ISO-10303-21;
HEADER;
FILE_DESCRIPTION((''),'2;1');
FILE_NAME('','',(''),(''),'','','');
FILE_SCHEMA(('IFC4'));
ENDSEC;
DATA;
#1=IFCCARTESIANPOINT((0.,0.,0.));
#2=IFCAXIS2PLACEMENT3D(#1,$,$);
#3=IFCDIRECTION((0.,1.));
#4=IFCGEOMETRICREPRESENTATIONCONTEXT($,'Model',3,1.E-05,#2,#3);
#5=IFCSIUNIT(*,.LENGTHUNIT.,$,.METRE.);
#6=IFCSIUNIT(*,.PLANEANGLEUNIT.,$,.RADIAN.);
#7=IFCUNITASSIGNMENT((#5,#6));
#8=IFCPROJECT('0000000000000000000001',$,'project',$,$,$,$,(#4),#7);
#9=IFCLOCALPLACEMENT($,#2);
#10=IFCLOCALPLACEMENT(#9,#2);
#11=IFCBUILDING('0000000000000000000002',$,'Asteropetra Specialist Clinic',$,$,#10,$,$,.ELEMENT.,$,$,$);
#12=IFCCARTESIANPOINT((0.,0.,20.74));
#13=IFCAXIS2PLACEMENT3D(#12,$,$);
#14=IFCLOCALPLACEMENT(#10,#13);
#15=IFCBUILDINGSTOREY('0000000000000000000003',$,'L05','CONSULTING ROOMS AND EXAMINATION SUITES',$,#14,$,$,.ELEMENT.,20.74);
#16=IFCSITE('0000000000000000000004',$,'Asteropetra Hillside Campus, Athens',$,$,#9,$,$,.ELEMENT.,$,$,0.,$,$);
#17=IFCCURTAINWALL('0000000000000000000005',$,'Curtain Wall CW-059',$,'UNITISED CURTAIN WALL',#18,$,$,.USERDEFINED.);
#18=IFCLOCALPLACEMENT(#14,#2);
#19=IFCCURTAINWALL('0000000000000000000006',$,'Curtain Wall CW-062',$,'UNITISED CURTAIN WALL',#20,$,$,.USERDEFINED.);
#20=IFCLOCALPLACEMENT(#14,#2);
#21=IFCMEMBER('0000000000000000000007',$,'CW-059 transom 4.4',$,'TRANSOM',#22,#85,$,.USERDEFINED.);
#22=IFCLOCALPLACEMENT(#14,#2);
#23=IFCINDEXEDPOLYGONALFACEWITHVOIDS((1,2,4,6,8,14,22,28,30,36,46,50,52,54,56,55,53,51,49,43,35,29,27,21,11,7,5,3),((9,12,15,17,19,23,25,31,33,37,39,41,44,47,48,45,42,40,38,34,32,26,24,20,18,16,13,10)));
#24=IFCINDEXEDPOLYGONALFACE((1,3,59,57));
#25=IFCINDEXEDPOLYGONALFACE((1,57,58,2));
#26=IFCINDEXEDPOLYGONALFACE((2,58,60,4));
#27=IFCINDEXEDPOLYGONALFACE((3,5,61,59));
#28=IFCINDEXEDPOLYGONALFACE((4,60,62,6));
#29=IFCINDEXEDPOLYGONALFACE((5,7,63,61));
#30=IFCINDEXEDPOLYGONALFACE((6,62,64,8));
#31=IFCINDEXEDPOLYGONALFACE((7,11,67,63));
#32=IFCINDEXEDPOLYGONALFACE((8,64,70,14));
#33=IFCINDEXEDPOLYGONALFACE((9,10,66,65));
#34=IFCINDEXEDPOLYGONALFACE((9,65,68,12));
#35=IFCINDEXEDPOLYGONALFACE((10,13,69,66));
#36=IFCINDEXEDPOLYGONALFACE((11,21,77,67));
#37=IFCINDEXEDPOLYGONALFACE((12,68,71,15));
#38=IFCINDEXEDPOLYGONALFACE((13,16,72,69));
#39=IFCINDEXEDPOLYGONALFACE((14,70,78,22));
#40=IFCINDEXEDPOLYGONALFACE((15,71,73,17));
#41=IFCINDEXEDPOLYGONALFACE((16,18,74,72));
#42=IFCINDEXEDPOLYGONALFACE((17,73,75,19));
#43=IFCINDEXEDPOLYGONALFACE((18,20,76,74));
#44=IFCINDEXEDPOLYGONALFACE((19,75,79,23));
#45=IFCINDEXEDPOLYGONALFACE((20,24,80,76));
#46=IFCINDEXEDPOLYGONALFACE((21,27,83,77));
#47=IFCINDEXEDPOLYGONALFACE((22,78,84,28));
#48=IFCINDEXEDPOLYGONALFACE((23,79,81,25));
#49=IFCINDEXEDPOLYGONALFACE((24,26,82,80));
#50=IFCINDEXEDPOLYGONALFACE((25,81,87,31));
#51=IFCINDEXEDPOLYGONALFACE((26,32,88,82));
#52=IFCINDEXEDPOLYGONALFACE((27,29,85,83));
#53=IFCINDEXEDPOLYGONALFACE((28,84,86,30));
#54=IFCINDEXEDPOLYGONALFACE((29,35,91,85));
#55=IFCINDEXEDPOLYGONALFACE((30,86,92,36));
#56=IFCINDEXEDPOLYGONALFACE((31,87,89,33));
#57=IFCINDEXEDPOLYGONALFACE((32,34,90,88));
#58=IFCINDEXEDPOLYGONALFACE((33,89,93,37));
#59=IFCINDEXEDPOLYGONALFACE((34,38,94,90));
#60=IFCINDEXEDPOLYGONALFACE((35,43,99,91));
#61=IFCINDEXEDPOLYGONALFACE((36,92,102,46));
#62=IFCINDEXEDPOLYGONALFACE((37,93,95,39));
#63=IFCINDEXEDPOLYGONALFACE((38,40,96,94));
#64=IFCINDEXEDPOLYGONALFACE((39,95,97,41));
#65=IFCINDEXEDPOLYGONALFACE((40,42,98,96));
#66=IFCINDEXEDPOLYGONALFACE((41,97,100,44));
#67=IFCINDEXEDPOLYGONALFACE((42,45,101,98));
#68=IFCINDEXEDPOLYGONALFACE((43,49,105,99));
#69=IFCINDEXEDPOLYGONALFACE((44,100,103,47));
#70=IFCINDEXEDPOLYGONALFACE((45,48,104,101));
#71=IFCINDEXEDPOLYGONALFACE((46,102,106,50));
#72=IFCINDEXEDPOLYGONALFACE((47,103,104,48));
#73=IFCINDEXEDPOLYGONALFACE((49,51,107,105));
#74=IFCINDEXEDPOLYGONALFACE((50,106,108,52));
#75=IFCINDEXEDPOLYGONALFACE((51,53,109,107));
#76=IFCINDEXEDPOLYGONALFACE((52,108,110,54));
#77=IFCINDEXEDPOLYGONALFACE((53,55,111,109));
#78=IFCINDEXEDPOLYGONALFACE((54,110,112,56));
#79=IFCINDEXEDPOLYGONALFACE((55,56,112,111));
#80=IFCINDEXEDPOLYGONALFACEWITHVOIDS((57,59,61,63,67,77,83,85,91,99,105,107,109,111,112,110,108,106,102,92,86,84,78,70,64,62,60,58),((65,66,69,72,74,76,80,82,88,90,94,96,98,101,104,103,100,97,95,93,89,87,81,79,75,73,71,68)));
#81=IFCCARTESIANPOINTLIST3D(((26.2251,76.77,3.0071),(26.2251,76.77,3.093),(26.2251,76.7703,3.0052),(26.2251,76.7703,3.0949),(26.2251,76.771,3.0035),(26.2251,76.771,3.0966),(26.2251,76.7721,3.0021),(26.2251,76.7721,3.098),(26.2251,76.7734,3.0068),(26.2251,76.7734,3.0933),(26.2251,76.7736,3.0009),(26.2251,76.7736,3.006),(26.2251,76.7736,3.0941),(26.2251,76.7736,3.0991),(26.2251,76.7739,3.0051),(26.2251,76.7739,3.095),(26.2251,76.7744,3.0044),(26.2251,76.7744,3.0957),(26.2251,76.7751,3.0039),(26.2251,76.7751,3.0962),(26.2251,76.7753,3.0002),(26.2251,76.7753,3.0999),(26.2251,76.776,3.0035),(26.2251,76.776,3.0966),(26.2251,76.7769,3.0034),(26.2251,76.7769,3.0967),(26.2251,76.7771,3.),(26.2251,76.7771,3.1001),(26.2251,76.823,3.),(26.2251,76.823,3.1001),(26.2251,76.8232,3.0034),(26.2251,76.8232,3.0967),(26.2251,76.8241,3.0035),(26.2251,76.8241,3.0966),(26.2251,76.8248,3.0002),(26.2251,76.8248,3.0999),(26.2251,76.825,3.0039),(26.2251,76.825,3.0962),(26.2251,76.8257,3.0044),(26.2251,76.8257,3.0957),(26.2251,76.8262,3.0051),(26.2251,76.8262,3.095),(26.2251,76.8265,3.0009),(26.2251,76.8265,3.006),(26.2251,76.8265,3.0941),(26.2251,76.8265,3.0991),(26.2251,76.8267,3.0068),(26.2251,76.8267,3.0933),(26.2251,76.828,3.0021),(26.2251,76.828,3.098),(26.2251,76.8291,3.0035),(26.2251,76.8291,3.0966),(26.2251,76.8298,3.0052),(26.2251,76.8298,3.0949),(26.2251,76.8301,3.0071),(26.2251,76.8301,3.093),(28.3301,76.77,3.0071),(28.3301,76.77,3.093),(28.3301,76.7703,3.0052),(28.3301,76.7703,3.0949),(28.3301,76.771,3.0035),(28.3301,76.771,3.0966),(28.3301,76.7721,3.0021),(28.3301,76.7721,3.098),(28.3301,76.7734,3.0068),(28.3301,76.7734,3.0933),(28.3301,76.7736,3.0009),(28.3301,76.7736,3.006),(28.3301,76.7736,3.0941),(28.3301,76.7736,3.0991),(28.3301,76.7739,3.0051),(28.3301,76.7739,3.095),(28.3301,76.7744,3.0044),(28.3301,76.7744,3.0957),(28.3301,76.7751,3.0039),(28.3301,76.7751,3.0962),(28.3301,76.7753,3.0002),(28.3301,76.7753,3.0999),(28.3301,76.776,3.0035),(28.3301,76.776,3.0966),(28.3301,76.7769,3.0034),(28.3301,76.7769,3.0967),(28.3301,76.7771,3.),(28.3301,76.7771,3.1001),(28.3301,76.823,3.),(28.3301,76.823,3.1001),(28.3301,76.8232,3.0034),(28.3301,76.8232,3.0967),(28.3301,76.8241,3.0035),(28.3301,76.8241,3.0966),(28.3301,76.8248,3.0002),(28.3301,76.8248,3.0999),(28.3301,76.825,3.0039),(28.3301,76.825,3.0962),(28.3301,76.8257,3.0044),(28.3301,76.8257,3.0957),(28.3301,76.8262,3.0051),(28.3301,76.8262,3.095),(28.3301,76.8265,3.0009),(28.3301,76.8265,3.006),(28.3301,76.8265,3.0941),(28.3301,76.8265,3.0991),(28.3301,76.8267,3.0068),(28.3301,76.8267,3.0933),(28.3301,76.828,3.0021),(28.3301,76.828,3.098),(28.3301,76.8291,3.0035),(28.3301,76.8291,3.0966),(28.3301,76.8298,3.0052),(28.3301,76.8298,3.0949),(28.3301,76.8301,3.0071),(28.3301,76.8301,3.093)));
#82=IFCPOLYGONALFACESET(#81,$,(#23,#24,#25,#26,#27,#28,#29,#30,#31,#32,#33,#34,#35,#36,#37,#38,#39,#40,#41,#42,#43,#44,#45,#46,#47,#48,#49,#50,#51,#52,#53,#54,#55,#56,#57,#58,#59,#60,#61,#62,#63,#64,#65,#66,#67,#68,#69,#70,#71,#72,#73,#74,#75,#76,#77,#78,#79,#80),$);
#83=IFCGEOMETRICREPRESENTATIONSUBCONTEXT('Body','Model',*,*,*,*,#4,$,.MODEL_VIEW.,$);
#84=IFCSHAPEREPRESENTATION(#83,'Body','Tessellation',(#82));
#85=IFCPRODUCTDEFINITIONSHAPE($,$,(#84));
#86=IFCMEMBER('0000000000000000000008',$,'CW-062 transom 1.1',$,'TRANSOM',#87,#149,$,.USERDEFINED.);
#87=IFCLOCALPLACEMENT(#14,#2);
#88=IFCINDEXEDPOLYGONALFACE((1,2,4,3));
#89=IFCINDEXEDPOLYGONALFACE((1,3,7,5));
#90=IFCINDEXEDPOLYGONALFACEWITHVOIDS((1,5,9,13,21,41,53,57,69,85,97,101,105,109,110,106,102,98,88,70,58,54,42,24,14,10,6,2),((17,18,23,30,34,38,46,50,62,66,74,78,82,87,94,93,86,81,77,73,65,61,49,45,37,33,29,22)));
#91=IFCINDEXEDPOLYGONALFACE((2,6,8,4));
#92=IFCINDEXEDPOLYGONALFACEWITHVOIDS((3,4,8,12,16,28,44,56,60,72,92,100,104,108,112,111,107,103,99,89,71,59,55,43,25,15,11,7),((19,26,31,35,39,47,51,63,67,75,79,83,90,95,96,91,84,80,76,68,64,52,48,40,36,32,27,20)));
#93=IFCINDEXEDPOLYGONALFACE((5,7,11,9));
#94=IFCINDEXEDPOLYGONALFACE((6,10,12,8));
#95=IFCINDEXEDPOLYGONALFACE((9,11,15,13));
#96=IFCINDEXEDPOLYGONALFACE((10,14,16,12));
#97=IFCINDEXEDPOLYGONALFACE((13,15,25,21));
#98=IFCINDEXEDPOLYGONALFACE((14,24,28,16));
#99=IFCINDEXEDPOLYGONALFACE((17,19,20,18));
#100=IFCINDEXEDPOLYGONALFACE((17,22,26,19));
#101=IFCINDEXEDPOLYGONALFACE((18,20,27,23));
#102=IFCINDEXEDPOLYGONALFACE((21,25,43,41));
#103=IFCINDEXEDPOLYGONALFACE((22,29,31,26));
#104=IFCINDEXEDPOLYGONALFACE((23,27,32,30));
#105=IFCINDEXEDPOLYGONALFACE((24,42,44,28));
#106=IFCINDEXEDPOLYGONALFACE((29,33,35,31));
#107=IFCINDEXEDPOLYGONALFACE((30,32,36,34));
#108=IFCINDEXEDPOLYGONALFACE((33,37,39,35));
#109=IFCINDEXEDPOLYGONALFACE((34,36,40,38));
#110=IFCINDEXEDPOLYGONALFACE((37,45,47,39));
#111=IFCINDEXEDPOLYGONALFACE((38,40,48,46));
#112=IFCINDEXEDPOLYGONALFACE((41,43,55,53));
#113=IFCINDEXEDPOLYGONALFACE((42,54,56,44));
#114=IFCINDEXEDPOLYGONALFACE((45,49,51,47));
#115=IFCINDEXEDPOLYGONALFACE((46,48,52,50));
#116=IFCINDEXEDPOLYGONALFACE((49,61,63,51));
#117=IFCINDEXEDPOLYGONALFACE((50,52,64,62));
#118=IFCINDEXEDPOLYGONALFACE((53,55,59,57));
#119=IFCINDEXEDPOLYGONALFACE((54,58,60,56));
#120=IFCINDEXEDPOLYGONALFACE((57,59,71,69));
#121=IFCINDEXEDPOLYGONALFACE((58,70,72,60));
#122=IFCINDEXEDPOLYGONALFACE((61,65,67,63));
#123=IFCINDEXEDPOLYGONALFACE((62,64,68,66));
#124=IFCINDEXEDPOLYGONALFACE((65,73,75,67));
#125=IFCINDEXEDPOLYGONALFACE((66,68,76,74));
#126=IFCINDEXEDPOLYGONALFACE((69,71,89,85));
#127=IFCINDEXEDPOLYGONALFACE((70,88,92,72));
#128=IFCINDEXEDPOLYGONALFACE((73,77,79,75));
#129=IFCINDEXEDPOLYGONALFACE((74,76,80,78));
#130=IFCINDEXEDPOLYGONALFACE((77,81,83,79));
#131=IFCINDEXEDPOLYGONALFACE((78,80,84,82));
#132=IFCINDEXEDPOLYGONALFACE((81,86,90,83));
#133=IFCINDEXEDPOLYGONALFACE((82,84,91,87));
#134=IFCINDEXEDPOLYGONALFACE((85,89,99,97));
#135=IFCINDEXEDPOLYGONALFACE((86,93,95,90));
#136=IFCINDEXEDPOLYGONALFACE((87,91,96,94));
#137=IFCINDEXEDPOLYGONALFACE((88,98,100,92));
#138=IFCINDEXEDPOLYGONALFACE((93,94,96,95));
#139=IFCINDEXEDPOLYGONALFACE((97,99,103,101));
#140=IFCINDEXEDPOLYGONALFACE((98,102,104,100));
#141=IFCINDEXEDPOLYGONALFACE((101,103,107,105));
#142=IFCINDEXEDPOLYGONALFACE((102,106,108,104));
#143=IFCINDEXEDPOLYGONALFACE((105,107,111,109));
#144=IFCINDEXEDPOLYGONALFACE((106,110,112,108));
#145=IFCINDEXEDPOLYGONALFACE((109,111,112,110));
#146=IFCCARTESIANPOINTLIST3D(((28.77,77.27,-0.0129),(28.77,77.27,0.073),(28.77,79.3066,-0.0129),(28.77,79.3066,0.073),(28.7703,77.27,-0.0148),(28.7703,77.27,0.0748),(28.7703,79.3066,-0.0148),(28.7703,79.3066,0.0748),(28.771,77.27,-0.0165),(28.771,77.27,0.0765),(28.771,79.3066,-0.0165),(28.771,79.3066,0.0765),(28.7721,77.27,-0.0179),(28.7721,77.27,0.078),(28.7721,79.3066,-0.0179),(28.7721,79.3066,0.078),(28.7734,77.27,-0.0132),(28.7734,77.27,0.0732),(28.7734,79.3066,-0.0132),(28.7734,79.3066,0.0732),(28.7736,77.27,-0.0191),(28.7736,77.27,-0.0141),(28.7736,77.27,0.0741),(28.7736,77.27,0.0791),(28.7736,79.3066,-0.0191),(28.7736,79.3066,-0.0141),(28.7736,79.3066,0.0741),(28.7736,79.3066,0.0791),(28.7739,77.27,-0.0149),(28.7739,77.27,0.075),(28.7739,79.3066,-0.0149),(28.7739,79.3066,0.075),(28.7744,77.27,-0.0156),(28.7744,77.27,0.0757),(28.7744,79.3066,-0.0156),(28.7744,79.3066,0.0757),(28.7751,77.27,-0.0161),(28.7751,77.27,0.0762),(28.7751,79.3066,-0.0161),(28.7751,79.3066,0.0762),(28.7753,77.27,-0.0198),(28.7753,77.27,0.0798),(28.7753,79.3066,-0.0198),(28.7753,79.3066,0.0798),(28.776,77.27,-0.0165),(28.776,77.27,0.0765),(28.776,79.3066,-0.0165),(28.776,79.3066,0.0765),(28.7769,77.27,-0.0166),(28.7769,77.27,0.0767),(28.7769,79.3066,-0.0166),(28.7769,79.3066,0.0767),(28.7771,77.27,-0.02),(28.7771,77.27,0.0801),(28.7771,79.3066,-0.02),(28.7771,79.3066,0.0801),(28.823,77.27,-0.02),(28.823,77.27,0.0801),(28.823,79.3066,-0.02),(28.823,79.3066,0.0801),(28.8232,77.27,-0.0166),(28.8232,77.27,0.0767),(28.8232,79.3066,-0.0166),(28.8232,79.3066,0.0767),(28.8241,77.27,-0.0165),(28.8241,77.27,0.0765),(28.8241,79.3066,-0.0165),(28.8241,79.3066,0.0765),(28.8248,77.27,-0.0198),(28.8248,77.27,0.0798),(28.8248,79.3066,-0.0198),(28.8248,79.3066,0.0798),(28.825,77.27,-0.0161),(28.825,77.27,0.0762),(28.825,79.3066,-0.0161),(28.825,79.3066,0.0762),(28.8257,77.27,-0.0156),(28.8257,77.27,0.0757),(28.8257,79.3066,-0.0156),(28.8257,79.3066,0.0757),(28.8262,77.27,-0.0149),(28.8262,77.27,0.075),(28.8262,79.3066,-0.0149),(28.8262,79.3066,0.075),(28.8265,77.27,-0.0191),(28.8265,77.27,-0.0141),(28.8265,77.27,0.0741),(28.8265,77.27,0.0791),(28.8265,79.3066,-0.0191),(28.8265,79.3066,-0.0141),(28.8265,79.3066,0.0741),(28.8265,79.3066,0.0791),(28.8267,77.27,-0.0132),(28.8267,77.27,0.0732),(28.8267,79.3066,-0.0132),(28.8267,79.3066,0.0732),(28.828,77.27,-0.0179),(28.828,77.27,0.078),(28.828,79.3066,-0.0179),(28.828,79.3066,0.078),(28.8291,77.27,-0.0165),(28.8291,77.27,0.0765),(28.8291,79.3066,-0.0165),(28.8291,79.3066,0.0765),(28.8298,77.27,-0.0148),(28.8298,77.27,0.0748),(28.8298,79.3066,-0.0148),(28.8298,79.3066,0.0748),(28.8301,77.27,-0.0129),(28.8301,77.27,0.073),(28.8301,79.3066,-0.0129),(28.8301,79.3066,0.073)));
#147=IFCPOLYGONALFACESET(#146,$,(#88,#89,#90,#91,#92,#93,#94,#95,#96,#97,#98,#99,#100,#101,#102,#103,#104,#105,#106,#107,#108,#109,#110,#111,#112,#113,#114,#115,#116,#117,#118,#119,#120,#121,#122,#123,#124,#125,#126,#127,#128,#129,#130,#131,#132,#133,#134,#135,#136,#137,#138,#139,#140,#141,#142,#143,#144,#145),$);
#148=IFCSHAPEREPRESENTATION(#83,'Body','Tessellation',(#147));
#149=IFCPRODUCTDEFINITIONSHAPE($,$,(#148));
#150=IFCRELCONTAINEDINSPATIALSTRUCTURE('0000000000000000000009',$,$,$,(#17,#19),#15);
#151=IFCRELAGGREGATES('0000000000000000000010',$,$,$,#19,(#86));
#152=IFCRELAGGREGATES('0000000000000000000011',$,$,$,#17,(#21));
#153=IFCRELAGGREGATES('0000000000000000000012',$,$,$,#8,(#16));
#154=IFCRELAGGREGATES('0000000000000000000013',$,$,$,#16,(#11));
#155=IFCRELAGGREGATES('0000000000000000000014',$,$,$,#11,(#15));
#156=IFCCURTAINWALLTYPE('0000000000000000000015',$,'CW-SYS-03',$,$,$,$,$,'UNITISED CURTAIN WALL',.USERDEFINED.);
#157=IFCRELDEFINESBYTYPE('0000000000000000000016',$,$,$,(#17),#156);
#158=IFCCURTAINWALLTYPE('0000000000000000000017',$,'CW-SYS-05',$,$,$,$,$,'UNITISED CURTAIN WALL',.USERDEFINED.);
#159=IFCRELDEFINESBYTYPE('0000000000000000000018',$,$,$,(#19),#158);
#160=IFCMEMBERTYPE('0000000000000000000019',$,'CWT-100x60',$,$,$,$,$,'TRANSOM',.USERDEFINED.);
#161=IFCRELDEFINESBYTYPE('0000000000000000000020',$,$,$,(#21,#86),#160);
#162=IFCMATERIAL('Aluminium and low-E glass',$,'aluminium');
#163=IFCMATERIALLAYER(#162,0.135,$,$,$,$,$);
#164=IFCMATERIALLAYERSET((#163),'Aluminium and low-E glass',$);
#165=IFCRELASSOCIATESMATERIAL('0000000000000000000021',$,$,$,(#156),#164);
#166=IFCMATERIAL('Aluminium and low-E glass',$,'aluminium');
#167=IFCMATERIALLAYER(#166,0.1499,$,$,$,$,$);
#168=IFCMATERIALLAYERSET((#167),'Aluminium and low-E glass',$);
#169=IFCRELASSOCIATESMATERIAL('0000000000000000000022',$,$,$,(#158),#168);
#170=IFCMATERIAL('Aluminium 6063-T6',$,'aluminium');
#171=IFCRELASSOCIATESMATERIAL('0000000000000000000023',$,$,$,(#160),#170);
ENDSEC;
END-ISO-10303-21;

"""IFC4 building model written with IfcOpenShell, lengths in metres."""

from ifc_helpers import new_model, si_unit, direction, frame, origin, origin_2d, place, context, subcontext, project, spatial, hollow_rectangle, extrude, material, layer, layer_set, material_profile, profile_set, type_object, element, aggregate, save


model = new_model("IFC4")

# Units and contexts
model_context = context("Model", 3, precision=1e-05, world=origin(), true_north=direction((0.0, 1.0)))
body_context = subcontext(model_context, "Body", "Model", "MODEL_VIEW")
ifc_project = project(units=[si_unit("LENGTHUNIT", "METRE"), si_unit("PLANEANGLEUNIT", "RADIAN")], contexts=[model_context])

# Site, building, storey
site_placement = place(None, origin())
site = spatial("IfcSite", under=ifc_project, at=site_placement, Name="Asteropetra Hillside Campus, Athens", CompositionType="ELEMENT", RefElevation=0.0)
building_placement = place(site_placement, origin())
building = spatial("IfcBuilding", under=site, at=building_placement, Name="Asteropetra Specialist Clinic", CompositionType="ELEMENT")
storey_placement = place(building_placement, frame((0.0, 0.0, 20.74)))
storey = spatial("IfcBuildingStorey", under=building, at=storey_placement, Name="L05", Description="CONSULTING ROOMS AND EXAMINATION SUITES", CompositionType="ELEMENT", Elevation=20.74)

# Curtain wall
ifc_material_1 = material(Name="Aluminium and low-E glass", Category="aluminium")
ifc_layer_1 = layer(ifc_material_1, 0.135)
ifc_layer_set_1 = layer_set([ifc_layer_1], Name="Aluminium and low-E glass")
curtain_wall_type_1 = type_object("IfcCurtainWallType", Name="CW-SYS-03", ElementType="UNITISED CURTAIN WALL", PredefinedType="USERDEFINED", material=ifc_layer_set_1)
curtain_wall_1_placement = place(storey_placement, origin())
curtain_wall_1 = element("IfcCurtainWall", 1, at=curtain_wall_1_placement, inside=storey, type_object=curtain_wall_type_1, Name="Curtain Wall CW-059", ObjectType="UNITISED CURTAIN WALL", PredefinedType="USERDEFINED")

# Curtain wall
ifc_material_2 = material(Name="Aluminium and low-E glass", Category="aluminium")
ifc_layer_2 = layer(ifc_material_2, 0.1499)
ifc_layer_set_2 = layer_set([ifc_layer_2], Name="Aluminium and low-E glass")
curtain_wall_type_2 = type_object("IfcCurtainWallType", Name="CW-SYS-05", ElementType="UNITISED CURTAIN WALL", PredefinedType="USERDEFINED", material=ifc_layer_set_2)
curtain_wall_2_placement = place(storey_placement, origin())
curtain_wall_2 = element("IfcCurtainWall", 2, at=curtain_wall_2_placement, inside=storey, type_object=curtain_wall_type_2, Name="Curtain Wall CW-062", ObjectType="UNITISED CURTAIN WALL", PredefinedType="USERDEFINED")

# Members
ifc_material_3 = material(Name="Aluminium 6063-T6", Category="aluminium")
ifc_material_profile_1 = material_profile(ifc_material_3, hollow_rectangle(XDim=0.0601, YDim=0.1001, WallThickness=0.0034, InnerFilletRadius=0.0034, OuterFilletRadius=0.0071, at=origin_2d()), Name="TRN 100x60x3.5")
ifc_profile_set_1 = profile_set([ifc_material_profile_1], Name="Aluminium 6063-T6")
member_type_1 = type_object("IfcMemberType", Name="CWT-100x60", ElementType="TRANSOM", PredefinedType="USERDEFINED", material=ifc_profile_set_1)
member_1_placement = place(storey_placement, frame((26.2251, 76.8, 3.05), z_axis=(1.0, 0.0, 0.0), x_axis=(0.0, 1.0, 0.0)))
member_1 = element("IfcMember", 3, at=member_1_placement, type_object=member_type_1, Name="CW-059 transom 4.4", ObjectType="TRANSOM", PredefinedType="USERDEFINED", context=body_context, shape_type="SweptSolid", body=[
    extrude(hollow_rectangle(XDim=0.0601, YDim=0.1001, WallThickness=0.0034, InnerFilletRadius=0.0034, OuterFilletRadius=0.0071, at=origin_2d()), origin(), (0.0, 0.0, 1.0), 2.105),
])
member_2_placement = place(storey_placement, frame((28.8, 77.27, 0.03), z_axis=(0.0, 1.0, 0.0), x_axis=(-1.0, 0.0, 0.0)))
member_2 = element("IfcMember", 4, at=member_2_placement, type_object=member_type_1, Name="CW-062 transom 1.1", ObjectType="TRANSOM", PredefinedType="USERDEFINED", context=body_context, shape_type="SweptSolid", body=[
    extrude(hollow_rectangle(XDim=0.0601, YDim=0.1001, WallThickness=0.0034, InnerFilletRadius=0.0034, OuterFilletRadius=0.0071, at=origin_2d()), origin(), (0.0, 0.0, 1.0), 2.0366),
])
aggregate(curtain_wall_2, [member_2])

aggregate(curtain_wall_1, [member_1])

save(model, "model.ifc")
